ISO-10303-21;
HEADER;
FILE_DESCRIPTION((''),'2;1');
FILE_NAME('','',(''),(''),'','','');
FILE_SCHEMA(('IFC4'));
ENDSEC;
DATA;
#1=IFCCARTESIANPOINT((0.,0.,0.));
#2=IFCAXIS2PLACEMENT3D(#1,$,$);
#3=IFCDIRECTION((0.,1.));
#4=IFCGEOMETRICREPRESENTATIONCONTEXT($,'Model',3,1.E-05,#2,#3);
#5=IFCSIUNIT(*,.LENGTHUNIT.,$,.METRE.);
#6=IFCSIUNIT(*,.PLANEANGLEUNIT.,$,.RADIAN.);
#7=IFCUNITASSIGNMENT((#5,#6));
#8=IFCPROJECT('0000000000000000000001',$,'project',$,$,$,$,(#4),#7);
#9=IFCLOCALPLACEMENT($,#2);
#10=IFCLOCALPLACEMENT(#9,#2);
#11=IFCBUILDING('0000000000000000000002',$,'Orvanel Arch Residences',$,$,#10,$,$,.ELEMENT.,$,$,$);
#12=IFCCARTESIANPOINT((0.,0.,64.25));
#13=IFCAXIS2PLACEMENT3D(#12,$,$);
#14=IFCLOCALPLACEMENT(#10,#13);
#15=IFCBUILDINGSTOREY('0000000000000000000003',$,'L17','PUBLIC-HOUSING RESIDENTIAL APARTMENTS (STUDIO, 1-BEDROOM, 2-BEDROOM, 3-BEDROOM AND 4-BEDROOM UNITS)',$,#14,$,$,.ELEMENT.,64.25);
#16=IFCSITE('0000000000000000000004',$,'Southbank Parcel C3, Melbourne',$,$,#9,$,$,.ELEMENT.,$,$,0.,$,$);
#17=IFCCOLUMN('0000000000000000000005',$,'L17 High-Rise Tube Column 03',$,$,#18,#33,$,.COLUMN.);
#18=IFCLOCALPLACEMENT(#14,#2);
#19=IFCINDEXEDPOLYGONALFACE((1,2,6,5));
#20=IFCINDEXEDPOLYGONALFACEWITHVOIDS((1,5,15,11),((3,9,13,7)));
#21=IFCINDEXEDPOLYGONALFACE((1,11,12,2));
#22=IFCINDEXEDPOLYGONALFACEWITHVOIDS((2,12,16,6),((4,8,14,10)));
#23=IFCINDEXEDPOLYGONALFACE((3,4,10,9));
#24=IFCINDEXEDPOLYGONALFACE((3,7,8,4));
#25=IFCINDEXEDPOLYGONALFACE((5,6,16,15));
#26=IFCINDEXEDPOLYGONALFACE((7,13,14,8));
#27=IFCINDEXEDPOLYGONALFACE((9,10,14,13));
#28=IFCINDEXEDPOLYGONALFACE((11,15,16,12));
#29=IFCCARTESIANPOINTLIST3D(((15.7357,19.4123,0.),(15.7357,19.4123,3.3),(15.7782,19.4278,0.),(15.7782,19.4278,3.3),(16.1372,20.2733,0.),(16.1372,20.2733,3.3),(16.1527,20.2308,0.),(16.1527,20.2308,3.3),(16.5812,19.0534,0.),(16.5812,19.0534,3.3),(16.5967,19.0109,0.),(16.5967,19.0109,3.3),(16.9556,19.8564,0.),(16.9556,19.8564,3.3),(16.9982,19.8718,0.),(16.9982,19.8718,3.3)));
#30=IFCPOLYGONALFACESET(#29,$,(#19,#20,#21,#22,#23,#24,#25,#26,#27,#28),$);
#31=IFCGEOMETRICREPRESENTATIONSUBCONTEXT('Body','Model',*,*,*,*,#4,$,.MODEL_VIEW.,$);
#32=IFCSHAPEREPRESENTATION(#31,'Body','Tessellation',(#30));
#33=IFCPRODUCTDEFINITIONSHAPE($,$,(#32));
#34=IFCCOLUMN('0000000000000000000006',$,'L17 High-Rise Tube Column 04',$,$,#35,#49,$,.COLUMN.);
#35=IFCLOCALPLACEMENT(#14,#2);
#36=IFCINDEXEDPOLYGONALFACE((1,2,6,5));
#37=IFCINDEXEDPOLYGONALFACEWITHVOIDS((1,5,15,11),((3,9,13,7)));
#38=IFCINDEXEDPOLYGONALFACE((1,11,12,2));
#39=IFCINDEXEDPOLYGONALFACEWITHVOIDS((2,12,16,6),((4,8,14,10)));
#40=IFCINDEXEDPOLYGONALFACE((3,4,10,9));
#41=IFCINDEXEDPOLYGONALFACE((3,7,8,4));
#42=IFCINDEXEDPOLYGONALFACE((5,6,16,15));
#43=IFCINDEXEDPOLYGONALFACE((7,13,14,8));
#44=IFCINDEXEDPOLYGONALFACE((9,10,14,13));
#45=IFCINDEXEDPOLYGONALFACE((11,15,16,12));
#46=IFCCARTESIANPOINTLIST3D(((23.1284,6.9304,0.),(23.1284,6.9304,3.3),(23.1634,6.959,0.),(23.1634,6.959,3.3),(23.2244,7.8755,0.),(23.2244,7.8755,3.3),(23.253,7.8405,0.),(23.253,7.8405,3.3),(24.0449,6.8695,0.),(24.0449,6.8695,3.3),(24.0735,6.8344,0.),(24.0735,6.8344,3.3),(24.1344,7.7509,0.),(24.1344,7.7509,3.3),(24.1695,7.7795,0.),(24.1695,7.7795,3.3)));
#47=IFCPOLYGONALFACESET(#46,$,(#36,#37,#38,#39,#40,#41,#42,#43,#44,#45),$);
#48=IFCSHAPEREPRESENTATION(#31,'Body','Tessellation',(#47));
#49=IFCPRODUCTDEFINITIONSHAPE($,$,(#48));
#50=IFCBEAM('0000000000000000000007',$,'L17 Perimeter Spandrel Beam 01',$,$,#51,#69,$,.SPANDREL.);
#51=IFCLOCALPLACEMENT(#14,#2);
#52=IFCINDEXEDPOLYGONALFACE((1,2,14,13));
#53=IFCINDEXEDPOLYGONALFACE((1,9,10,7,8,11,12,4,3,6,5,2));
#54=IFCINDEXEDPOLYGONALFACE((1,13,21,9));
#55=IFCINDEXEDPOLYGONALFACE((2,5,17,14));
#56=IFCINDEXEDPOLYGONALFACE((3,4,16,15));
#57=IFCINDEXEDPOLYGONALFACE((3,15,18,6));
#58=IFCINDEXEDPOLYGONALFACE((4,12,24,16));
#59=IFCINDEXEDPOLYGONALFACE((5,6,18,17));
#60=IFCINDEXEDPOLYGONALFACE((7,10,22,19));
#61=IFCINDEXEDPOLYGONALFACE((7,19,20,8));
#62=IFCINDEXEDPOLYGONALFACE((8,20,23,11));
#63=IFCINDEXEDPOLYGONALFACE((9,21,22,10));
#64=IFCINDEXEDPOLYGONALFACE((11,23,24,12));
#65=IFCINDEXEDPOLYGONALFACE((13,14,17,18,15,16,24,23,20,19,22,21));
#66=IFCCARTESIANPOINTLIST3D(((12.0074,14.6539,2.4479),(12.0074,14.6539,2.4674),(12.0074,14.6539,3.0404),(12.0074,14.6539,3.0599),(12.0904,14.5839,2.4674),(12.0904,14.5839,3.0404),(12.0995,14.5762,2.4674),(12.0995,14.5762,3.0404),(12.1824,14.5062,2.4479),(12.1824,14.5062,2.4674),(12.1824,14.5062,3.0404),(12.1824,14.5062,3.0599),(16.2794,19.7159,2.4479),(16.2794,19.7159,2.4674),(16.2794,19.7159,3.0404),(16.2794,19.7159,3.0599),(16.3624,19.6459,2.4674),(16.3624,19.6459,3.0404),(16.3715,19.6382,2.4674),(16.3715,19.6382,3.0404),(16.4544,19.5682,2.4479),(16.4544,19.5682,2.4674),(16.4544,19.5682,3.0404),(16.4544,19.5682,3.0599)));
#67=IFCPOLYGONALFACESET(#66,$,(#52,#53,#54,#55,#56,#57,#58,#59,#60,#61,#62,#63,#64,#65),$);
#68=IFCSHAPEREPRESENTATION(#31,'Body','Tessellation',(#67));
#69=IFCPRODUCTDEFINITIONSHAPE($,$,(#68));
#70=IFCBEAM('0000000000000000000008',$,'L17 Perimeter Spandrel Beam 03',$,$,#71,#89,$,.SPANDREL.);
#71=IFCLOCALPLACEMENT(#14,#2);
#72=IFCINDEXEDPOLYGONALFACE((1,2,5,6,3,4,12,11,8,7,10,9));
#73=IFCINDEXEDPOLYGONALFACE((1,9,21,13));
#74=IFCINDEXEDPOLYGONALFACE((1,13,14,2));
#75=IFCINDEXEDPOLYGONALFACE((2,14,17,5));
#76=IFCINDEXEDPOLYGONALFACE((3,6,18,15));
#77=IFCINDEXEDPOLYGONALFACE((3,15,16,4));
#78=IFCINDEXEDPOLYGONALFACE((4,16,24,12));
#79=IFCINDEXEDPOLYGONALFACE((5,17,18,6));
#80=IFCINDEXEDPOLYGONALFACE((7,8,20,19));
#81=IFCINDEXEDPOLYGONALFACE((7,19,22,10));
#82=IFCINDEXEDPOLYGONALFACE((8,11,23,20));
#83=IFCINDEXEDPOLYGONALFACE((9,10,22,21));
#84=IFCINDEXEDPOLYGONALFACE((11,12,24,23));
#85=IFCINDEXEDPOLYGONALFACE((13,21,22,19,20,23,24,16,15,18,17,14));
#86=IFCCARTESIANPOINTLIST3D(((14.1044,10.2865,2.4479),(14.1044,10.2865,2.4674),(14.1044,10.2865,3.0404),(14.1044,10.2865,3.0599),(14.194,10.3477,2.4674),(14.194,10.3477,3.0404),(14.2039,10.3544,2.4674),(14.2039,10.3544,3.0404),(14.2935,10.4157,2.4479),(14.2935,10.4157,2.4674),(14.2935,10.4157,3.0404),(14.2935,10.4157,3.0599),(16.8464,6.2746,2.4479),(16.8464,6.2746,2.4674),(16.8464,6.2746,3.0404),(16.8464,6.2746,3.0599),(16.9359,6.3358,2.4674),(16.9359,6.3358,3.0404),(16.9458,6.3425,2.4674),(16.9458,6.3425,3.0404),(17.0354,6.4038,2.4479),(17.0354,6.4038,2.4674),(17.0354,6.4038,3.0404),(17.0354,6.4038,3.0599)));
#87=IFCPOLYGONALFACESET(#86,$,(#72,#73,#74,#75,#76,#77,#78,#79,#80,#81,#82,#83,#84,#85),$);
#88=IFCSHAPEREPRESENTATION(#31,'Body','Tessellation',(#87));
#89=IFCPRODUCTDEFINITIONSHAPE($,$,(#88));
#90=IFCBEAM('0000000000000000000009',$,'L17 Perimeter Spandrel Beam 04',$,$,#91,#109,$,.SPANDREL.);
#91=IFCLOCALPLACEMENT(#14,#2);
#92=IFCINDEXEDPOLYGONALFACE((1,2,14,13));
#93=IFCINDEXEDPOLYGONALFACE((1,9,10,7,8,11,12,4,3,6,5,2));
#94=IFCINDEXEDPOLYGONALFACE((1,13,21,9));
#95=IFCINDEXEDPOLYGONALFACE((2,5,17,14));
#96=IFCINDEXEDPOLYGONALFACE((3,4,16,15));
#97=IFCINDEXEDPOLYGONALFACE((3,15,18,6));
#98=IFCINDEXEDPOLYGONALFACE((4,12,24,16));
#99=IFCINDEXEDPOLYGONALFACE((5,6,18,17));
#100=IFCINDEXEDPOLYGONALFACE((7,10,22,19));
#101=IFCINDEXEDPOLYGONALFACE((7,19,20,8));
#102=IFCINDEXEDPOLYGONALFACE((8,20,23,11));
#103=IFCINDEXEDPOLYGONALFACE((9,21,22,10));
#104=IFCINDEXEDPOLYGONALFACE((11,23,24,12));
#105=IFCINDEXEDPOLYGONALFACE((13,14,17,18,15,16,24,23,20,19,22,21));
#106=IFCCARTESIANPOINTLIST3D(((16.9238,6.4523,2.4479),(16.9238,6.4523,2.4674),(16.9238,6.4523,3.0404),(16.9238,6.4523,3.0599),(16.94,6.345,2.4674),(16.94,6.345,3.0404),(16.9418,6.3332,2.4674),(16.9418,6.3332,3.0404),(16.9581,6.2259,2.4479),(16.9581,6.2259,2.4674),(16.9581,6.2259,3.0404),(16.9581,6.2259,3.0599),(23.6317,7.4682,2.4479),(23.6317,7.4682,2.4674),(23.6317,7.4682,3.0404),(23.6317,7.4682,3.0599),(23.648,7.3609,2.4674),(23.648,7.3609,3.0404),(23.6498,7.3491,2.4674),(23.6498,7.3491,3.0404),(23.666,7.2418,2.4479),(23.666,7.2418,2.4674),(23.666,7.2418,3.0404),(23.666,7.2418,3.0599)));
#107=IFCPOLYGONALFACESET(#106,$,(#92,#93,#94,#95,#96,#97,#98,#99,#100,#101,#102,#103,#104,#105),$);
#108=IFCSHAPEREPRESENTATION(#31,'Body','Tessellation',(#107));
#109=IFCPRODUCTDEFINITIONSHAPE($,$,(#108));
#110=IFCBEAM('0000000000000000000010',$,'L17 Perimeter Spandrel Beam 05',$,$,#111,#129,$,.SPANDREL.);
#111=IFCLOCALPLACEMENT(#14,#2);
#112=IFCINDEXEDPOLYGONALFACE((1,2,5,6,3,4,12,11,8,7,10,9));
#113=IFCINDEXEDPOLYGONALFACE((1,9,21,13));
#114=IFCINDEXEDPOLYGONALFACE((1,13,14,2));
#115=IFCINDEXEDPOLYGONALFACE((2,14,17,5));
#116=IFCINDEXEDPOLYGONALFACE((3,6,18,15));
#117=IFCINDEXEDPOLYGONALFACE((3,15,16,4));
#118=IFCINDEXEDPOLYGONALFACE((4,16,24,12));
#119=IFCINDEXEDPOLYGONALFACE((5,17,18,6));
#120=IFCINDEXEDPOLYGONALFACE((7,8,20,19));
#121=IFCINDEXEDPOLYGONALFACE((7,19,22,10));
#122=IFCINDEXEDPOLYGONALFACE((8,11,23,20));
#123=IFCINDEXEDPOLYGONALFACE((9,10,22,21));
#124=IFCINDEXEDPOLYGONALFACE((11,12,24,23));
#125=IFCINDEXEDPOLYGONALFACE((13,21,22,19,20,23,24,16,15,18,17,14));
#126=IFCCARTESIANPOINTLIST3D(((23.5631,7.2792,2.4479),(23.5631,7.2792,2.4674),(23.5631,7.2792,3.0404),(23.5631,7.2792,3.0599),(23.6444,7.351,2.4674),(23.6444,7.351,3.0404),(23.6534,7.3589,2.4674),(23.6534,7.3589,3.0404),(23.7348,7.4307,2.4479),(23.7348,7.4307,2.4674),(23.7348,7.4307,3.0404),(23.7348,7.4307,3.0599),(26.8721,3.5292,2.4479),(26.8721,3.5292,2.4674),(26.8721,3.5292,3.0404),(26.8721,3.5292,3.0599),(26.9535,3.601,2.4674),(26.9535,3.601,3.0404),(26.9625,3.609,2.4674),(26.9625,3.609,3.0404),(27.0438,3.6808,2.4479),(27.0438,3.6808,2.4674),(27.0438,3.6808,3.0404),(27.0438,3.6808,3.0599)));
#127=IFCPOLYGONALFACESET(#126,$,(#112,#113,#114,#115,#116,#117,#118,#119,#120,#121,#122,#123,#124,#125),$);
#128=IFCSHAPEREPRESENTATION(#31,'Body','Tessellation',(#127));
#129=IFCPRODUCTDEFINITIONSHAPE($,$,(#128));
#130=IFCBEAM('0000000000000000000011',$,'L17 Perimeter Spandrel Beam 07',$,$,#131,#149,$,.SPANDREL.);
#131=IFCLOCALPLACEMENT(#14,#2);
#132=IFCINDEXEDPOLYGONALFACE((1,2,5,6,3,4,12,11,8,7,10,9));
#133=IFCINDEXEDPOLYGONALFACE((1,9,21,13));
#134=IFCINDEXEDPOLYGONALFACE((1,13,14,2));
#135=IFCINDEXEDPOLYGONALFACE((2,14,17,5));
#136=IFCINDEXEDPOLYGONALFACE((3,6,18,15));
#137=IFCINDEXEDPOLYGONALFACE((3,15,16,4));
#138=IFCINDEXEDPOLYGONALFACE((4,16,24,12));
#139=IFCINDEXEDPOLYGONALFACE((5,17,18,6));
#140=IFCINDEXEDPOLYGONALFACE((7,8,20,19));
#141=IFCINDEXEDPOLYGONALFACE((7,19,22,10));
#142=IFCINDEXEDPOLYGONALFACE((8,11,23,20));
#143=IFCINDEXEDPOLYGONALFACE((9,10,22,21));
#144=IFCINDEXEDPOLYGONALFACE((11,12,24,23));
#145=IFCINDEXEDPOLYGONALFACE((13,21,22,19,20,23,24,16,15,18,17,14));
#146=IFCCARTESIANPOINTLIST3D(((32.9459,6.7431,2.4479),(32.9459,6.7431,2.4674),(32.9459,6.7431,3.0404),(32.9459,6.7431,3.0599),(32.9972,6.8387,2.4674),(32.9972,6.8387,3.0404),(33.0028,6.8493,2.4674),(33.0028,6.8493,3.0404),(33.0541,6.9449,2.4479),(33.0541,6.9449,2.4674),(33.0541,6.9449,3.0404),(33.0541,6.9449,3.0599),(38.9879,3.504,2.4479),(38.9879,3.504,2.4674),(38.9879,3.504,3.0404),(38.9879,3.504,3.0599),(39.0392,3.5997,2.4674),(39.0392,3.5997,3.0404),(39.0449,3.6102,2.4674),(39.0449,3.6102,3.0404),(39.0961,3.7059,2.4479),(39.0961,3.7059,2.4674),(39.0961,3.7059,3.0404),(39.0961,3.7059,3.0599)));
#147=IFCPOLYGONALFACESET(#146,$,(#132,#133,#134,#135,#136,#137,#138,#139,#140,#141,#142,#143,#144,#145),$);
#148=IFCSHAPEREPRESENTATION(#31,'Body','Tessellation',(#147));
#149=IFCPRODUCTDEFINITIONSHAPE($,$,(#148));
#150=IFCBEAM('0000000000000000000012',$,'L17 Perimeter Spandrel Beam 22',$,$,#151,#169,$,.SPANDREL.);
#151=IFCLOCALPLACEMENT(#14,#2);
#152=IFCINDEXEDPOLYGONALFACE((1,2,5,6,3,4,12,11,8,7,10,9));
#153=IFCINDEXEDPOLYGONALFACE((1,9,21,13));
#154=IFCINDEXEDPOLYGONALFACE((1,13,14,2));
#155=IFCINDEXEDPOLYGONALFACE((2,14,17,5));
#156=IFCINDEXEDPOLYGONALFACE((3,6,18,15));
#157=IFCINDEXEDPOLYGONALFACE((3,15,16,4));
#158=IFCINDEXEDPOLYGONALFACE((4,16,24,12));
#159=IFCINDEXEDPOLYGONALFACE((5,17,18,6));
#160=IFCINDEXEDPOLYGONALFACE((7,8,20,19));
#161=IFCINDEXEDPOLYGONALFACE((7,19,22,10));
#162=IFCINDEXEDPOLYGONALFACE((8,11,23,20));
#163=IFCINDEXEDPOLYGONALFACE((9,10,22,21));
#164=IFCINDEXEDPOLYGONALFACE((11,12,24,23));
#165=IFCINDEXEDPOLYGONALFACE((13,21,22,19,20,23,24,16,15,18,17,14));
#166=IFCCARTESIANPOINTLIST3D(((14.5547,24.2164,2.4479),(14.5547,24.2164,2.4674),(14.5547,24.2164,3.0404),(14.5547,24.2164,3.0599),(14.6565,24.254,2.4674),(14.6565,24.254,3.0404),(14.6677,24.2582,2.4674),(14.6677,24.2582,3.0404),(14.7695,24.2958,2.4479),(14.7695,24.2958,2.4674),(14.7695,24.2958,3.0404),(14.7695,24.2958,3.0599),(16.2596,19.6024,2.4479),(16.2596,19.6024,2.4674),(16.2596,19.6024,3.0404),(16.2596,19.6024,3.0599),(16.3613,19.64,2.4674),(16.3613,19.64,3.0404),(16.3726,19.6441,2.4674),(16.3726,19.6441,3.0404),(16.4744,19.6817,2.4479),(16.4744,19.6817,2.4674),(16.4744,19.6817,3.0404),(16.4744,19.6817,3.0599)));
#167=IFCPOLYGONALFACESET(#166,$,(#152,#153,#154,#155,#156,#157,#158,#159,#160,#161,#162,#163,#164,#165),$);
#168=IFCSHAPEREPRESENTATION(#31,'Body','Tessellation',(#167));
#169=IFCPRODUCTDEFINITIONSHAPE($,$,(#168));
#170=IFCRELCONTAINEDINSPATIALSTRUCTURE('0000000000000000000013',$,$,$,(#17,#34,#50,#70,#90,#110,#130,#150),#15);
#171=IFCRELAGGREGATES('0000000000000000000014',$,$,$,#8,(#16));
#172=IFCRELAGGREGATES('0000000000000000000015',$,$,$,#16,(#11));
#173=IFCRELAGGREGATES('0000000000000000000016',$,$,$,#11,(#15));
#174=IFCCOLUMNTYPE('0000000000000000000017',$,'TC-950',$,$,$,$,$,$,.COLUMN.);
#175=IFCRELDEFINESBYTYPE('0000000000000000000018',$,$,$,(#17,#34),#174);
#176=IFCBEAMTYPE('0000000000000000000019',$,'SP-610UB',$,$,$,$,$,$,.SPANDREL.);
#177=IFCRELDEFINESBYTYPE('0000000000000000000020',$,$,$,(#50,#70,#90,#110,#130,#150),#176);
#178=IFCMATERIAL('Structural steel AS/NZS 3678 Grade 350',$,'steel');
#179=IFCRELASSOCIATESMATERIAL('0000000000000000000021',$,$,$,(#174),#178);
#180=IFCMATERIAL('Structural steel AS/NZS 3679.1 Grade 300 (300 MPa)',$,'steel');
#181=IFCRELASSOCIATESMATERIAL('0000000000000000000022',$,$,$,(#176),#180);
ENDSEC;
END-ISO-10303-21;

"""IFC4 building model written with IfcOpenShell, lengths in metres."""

from ifc_helpers import new_model, si_unit, direction, frame, origin, origin_2d, place, context, subcontext, project, spatial, hollow_rectangle, i_section, extrude, material, material_profile, profile_set, type_object, element, save


model = new_model("IFC4")

# Units and contexts
model_context = context("Model", 3, precision=1e-05, world=origin(), true_north=direction((0.0, 1.0)))
body_context = subcontext(model_context, "Body", "Model", "MODEL_VIEW")
ifc_project = project(units=[si_unit("LENGTHUNIT", "METRE"), si_unit("PLANEANGLEUNIT", "RADIAN")], contexts=[model_context])

# Site, building, storey
site_placement = place(None, origin())
site = spatial("IfcSite", under=ifc_project, at=site_placement, Name="Southbank Parcel C3, Melbourne", CompositionType="ELEMENT", RefElevation=0.0)
building_placement = place(site_placement, origin())
building = spatial("IfcBuilding", under=site, at=building_placement, Name="Orvanel Arch Residences", CompositionType="ELEMENT")
storey_placement = place(building_placement, frame((0.0, 0.0, 64.25)))
storey = spatial("IfcBuildingStorey", under=building, at=storey_placement, Name="L17", Description="PUBLIC-HOUSING RESIDENTIAL APARTMENTS (STUDIO, 1-BEDROOM, 2-BEDROOM, 3-BEDROOM AND 4-BEDROOM UNITS)", CompositionType="ELEMENT", Elevation=64.25)

# Columns
ifc_material_1 = material(Name="Structural steel AS/NZS 3678 Grade 350", Category="steel")
ifc_material_profile_1 = material_profile(ifc_material_1, hollow_rectangle(XDim=0.95, YDim=0.95, WallThickness=0.032, at=origin_2d()), Name="BOX950x950x32")
ifc_profile_set_1 = profile_set([ifc_material_profile_1], Name="Structural steel AS/NZS 3678 Grade 350")
column_type_1 = type_object("IfcColumnType", Name="TC-950", PredefinedType="COLUMN", material=ifc_profile_set_1)
for number, where, z_axis, x_axis, name in (
    (1, (16.3669, 19.6421, 0.0), (0.0, 0.0, 1.0), (0.422618, 0.906308, 0.0), "L17 High-Rise Tube Column 03"),
    (2, (23.6489, 7.355, 0.0), (0.0, 0.0, 1.0), (-0.994881, 0.101056, 0.0), "L17 High-Rise Tube Column 04"),
):
    element("IfcColumn", number, at=place(storey_placement, frame(where, z_axis=z_axis, x_axis=x_axis)), inside=storey, type_object=column_type_1, Name=name, PredefinedType="COLUMN", context=body_context, shape_type="SweptSolid", body=[
        extrude(hollow_rectangle(XDim=0.95, YDim=0.95, WallThickness=0.032, at=origin_2d()), origin(), (0.0, 0.0, 1.0), 3.3),
    ])

# Beams
ifc_material_2 = material(Name="Structural steel AS/NZS 3679.1 Grade 300 (300 MPa)", Category="steel")
ifc_material_profile_2 = material_profile(ifc_material_2, i_section(OverallWidth=0.229, OverallDepth=0.6121, WebThickness=0.012, FlangeThickness=0.0195, at=origin_2d()), Name="610UB125")
ifc_profile_set_2 = profile_set([ifc_material_profile_2], Name="Structural steel AS/NZS 3679.1 Grade 300 (300 MPa)")
beam_type = type_object("IfcBeamType", Name="SP-610UB", PredefinedType="SPANDREL", material=ifc_profile_set_2)
beam_1_placement = place(storey_placement, frame((16.3669, 19.6421, 2.7539), z_axis=(-0.64495, -0.764224, 0.0), x_axis=(0.764224, -0.64495, 0.0)))
element("IfcBeam", 3, at=beam_1_placement, inside=storey, type_object=beam_type, Name="L17 Perimeter Spandrel Beam 01", PredefinedType="SPANDREL", context=body_context, shape_type="SweptSolid", body=[
    extrude(i_section(OverallWidth=0.229, OverallDepth=0.6121, WebThickness=0.012, FlangeThickness=0.0195, at=origin_2d()), origin(), (0.0, 0.0, 1.0), 6.6238),
])
beam_2_placement = place(storey_placement, frame((14.199, 10.3511, 2.7539), z_axis=(0.564252, -0.825603, 0.0), x_axis=(0.825603, 0.564252, 0.0)))
element("IfcBeam", 4, at=beam_2_placement, inside=storey, type_object=beam_type, Name="L17 Perimeter Spandrel Beam 03", PredefinedType="SPANDREL", context=body_context, shape_type="SweptSolid", body=[
    extrude(i_section(OverallWidth=0.229, OverallDepth=0.6121, WebThickness=0.012, FlangeThickness=0.0195, at=origin_2d()), origin(), (0.0, 0.0, 1.0), 4.8594),
])
beam_3_placement = place(storey_placement, frame((16.9409, 6.3391, 2.7539), z_axis=(0.988726, 0.149734, 0.0), x_axis=(-0.149734, 0.988726, 0.0)))
element("IfcBeam", 5, at=beam_3_placement, inside=storey, type_object=beam_type, Name="L17 Perimeter Spandrel Beam 04", PredefinedType="SPANDREL", context=body_context, shape_type="SweptSolid", body=[
    extrude(i_section(OverallWidth=0.229, OverallDepth=0.6121, WebThickness=0.012, FlangeThickness=0.0195, at=origin_2d()), origin(), (0.0, 0.0, 1.0), 6.7844),
])
beam_4_placement = place(storey_placement, frame((23.6489, 7.355, 2.7539), z_axis=(0.661651, -0.749812, 0.0), x_axis=(0.749812, 0.661651, 0.0)))
element("IfcBeam", 6, at=beam_4_placement, inside=storey, type_object=beam_type, Name="L17 Perimeter Spandrel Beam 05", PredefinedType="SPANDREL", context=body_context, shape_type="SweptSolid", body=[
    extrude(i_section(OverallWidth=0.229, OverallDepth=0.6121, WebThickness=0.012, FlangeThickness=0.0195, at=origin_2d()), origin(), (0.0, 0.0, 1.0), 5.0012),
])
beam_5_placement = place(storey_placement, frame((33.0, 6.844, 2.7539), z_axis=(0.881344, -0.472474, 0.0), x_axis=(0.472474, 0.881344, 0.0)))
element("IfcBeam", 7, at=beam_5_placement, inside=storey, type_object=beam_type, Name="L17 Perimeter Spandrel Beam 07", PredefinedType="SPANDREL", context=body_context, shape_type="SweptSolid", body=[
    extrude(i_section(OverallWidth=0.229, OverallDepth=0.6121, WebThickness=0.012, FlangeThickness=0.0195, at=origin_2d()), origin(), (0.0, 0.0, 1.0), 6.8555),
])
beam_6_placement = place(storey_placement, frame((14.6621, 24.2561, 2.7539), z_axis=(0.346588, -0.938017, 0.0), x_axis=(0.938017, 0.346588, 0.0)))
element("IfcBeam", 8, at=beam_6_placement, inside=storey, type_object=beam_type, Name="L17 Perimeter Spandrel Beam 22", PredefinedType="SPANDREL", context=body_context, shape_type="SweptSolid", body=[
    extrude(i_section(OverallWidth=0.229, OverallDepth=0.6121, WebThickness=0.012, FlangeThickness=0.0195, at=origin_2d()), origin(), (0.0, 0.0, 1.0), 4.9189),
])

save(model, "model.ifc")
